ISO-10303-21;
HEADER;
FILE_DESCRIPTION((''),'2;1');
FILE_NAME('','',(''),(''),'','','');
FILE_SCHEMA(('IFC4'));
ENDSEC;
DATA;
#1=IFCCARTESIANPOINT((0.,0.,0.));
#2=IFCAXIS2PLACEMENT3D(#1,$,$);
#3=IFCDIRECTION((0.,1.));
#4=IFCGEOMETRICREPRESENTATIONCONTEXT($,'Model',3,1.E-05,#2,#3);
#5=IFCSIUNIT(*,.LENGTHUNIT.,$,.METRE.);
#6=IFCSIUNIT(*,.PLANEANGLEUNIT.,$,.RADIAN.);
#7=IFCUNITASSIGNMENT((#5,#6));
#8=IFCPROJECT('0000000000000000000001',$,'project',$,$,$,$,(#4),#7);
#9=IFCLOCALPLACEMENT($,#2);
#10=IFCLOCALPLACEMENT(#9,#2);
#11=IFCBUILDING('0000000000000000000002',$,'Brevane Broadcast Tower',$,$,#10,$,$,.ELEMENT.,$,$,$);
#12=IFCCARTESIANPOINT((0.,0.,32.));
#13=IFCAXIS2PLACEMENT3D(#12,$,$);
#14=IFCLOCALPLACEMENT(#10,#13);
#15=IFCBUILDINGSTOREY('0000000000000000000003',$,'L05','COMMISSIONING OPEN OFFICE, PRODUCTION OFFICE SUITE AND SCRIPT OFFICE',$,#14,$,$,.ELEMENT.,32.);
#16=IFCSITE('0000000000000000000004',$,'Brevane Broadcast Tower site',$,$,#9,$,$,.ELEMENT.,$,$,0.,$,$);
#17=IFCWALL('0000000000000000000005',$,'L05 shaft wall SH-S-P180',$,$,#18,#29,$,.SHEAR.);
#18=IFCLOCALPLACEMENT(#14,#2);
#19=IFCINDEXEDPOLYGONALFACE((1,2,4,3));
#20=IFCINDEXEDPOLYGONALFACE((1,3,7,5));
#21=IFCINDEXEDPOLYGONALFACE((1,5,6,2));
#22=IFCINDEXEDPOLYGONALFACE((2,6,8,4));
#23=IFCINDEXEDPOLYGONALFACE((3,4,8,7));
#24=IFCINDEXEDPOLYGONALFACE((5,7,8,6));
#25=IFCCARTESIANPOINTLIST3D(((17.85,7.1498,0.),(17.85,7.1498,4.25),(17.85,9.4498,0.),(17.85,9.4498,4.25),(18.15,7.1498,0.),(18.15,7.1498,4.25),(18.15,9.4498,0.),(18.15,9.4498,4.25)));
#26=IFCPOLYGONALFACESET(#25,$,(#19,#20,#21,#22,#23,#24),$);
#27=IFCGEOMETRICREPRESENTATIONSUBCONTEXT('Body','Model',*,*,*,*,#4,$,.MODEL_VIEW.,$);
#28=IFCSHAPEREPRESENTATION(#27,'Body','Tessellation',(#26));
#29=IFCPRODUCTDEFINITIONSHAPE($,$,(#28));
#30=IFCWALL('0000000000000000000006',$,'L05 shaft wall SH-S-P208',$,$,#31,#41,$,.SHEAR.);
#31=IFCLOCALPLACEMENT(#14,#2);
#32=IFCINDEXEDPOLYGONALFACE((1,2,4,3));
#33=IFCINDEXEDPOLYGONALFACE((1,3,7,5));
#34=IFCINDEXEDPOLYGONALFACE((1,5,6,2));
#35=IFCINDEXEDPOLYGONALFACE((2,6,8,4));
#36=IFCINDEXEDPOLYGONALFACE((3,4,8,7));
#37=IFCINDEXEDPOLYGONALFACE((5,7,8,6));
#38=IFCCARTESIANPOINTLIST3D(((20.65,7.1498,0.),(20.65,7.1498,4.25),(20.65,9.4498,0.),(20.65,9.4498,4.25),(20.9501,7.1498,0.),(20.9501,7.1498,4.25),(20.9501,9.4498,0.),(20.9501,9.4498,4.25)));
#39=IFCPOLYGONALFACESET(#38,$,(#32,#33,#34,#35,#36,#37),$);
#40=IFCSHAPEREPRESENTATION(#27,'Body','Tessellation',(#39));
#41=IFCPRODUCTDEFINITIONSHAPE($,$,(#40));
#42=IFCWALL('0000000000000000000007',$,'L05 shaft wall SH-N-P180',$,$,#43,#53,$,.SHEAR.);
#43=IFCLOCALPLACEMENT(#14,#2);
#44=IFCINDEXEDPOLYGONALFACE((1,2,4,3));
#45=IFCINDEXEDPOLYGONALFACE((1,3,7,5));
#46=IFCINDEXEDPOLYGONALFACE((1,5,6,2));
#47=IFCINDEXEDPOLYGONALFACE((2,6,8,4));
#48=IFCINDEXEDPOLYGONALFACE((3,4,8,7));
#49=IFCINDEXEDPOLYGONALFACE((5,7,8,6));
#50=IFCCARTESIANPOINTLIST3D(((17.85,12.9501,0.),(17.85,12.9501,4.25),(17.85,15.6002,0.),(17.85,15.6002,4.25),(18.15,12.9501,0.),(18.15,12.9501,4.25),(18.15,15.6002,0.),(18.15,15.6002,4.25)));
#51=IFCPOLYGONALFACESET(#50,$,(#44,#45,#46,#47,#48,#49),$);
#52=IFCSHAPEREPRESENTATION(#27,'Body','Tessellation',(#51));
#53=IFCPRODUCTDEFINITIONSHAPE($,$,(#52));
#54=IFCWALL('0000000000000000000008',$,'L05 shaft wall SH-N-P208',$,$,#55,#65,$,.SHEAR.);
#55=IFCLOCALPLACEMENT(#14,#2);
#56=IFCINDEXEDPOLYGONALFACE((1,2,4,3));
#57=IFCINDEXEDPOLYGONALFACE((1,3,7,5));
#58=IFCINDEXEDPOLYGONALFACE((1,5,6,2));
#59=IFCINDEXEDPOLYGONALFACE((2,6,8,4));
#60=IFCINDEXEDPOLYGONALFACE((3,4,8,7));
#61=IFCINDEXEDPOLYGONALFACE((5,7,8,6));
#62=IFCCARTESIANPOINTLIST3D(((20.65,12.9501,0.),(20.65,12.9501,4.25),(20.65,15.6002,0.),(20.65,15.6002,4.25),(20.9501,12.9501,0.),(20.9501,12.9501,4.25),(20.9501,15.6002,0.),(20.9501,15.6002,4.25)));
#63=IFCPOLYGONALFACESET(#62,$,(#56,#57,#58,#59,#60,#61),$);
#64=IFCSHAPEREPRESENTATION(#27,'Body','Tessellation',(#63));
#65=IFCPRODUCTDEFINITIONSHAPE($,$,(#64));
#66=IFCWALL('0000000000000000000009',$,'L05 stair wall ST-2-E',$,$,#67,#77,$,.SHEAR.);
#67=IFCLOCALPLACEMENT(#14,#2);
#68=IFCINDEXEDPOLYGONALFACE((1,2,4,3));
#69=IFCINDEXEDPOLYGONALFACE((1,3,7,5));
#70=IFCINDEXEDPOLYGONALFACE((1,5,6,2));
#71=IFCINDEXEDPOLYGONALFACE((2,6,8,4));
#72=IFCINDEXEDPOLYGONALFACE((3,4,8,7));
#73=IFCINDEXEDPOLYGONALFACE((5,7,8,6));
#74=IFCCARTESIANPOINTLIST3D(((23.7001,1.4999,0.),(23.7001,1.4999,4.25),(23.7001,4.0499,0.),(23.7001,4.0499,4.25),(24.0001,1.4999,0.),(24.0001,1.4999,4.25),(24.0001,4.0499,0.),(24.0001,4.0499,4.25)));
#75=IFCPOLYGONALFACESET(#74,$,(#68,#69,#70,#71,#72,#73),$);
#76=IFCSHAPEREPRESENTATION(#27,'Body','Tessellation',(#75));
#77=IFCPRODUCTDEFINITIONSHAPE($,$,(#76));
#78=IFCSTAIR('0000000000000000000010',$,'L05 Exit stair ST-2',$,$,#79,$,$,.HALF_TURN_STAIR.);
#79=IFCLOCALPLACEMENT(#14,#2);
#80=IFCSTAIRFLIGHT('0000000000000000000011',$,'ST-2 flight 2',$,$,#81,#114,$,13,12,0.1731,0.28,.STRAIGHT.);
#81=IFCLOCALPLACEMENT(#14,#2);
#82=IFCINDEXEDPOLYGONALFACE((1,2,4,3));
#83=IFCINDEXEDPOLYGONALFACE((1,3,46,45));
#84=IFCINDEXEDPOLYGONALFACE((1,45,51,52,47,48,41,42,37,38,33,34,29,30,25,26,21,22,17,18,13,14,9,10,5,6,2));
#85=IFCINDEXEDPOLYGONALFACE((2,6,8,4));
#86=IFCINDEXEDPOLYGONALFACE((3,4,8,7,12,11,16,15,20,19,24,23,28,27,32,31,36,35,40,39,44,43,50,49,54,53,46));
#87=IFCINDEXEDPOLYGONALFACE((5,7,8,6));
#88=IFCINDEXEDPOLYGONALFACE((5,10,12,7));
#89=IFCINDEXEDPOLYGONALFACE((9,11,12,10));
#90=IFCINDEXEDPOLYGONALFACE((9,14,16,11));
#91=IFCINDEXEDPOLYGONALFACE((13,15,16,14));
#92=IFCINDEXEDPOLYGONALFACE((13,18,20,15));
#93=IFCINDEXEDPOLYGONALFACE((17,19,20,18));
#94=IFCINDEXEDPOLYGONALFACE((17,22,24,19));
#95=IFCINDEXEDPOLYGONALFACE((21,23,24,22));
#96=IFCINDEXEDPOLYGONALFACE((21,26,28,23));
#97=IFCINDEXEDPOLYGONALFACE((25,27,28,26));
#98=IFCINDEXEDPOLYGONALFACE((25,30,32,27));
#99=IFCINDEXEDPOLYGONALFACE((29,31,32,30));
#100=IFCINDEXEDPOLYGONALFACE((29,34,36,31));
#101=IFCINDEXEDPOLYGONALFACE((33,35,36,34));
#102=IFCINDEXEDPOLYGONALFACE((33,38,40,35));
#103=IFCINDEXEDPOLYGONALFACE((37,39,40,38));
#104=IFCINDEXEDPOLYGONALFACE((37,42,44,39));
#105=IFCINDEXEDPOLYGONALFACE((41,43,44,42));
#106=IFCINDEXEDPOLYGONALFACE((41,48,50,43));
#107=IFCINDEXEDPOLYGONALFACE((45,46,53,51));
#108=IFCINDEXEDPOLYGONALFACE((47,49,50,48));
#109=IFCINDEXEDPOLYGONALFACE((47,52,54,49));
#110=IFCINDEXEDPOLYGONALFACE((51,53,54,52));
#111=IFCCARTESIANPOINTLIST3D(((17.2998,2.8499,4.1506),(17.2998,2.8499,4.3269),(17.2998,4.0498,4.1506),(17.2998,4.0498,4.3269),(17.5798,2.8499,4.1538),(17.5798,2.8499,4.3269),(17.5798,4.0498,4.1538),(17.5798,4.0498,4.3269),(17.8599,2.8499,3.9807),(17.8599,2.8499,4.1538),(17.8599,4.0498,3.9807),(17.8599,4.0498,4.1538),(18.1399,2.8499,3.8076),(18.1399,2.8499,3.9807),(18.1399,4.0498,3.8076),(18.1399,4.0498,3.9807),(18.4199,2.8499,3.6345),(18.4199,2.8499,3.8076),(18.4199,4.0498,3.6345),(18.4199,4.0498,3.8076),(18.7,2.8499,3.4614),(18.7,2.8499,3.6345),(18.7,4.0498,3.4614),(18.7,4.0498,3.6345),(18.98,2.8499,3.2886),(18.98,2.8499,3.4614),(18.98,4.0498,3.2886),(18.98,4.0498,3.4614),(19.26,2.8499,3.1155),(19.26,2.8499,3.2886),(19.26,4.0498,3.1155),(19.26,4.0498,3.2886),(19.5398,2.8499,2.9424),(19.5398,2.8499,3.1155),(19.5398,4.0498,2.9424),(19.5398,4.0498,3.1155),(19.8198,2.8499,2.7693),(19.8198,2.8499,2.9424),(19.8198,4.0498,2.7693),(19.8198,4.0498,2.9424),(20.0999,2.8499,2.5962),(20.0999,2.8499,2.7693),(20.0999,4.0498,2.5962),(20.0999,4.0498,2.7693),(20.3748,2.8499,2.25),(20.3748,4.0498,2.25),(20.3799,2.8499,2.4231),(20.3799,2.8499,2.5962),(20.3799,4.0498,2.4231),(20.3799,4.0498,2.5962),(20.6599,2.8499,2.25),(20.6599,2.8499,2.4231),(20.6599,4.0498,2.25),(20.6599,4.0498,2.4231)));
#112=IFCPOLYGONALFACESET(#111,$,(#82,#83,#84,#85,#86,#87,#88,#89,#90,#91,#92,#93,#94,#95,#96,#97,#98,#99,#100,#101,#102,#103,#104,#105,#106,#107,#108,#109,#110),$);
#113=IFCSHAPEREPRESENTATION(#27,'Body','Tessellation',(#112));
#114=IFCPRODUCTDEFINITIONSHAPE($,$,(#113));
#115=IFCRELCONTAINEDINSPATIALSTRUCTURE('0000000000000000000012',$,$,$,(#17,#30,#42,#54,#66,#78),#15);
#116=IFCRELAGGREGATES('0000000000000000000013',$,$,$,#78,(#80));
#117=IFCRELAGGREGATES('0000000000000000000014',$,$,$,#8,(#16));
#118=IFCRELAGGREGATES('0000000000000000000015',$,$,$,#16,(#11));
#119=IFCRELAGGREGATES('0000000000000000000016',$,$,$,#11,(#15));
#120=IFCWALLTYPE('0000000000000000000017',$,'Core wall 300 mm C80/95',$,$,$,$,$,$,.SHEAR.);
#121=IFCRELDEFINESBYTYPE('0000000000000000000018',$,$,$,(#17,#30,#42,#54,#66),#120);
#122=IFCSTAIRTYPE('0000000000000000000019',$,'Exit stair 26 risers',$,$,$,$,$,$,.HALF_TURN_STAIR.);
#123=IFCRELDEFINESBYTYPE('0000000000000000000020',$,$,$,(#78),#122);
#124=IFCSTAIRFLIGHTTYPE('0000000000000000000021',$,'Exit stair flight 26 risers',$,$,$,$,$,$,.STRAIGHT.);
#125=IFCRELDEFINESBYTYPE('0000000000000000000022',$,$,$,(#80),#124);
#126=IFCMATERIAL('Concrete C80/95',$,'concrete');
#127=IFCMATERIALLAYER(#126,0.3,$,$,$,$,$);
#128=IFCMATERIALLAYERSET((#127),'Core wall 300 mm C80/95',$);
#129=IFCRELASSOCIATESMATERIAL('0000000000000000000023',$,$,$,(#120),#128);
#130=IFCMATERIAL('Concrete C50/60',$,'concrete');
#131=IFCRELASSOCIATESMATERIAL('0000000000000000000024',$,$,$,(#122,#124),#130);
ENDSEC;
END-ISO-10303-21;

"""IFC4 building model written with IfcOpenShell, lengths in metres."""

from ifc_helpers import new_model, si_unit, direction, frame, frame_2d, origin, place, context, subcontext, project, spatial, polyline, rectangle, outline, extrude, material, layer, layer_set, type_object, element, aggregate, save


model = new_model("IFC4")

# Units and contexts
model_context = context("Model", 3, precision=1e-05, world=origin(), true_north=direction((0.0, 1.0)))
body_context = subcontext(model_context, "Body", "Model", "MODEL_VIEW")
ifc_project = project(units=[si_unit("LENGTHUNIT", "METRE"), si_unit("PLANEANGLEUNIT", "RADIAN")], contexts=[model_context])

# Site, building, storey
site_placement = place(None, origin())
site = spatial("IfcSite", under=ifc_project, at=site_placement, Name="Brevane Broadcast Tower site", CompositionType="ELEMENT", RefElevation=0.0)
building_placement = place(site_placement, origin())
building = spatial("IfcBuilding", under=site, at=building_placement, Name="Brevane Broadcast Tower", CompositionType="ELEMENT")
storey_placement = place(building_placement, frame((0.0, 0.0, 32.0)))
storey = spatial("IfcBuildingStorey", under=building, at=storey_placement, Name="L05", Description="COMMISSIONING OPEN OFFICE, PRODUCTION OFFICE SUITE AND SCRIPT OFFICE", CompositionType="ELEMENT", Elevation=32.0)

# Walls
ifc_material_1 = material(Name="Concrete C80/95", Category="concrete")
ifc_layer_1 = layer(ifc_material_1, 0.3)
ifc_layer_set_1 = layer_set([ifc_layer_1], Name="Core wall 300 mm C80/95")
wall_type_1 = type_object("IfcWallType", Name="Core wall 300 mm C80/95", PredefinedType="SHEAR", material=ifc_layer_set_1)
for number, where, z_axis, x_axis, name in (
    (1, (18.0, 7.1499, 0.0), (0.0, 0.0, 1.0), (0.0, 1.0, 0.0), "L05 shaft wall SH-S-P180"),
    (2, (20.8, 7.1499, 0.0), (0.0, 0.0, 1.0), (0.0, 1.0, 0.0), "L05 shaft wall SH-S-P208"),
):
    element("IfcWall", number, at=place(storey_placement, frame(where, z_axis=z_axis, x_axis=x_axis)), inside=storey, type_object=wall_type_1, Name=name, PredefinedType="SHEAR", context=body_context, shape_type="SweptSolid", body=[
        extrude(rectangle(XDim=2.3, YDim=0.3, at=frame_2d((1.1499, 0.0))), origin(), (0.0, 0.0, 1.0), 4.25),
    ])
for number, where, z_axis, x_axis, name in (
    (3, (18.0, 12.95, 0.0), (0.0, 0.0, 1.0), (0.0, 1.0, 0.0), "L05 shaft wall SH-N-P180"),
    (4, (20.8, 12.95, 0.0), (0.0, 0.0, 1.0), (0.0, 1.0, 0.0), "L05 shaft wall SH-N-P208"),
):
    element("IfcWall", number, at=place(storey_placement, frame(where, z_axis=z_axis, x_axis=x_axis)), inside=storey, type_object=wall_type_1, Name=name, PredefinedType="SHEAR", context=body_context, shape_type="SweptSolid", body=[
        extrude(rectangle(XDim=2.6501, YDim=0.3, at=frame_2d((1.3252, 0.0))), origin(), (0.0, 0.0, 1.0), 4.25),
    ])
wall_1_placement = place(storey_placement, frame((23.8501, 1.5, 0.0), z_axis=(0.0, 0.0, 1.0), x_axis=(0.0, 1.0, 0.0)))
element("IfcWall", 5, at=wall_1_placement, inside=storey, type_object=wall_type_1, Name="L05 stair wall ST-2-E", PredefinedType="SHEAR", context=body_context, shape_type="SweptSolid", body=[
    extrude(rectangle(XDim=2.55, YDim=0.3, at=frame_2d((1.2749, 0.0))), origin(), (0.0, 0.0, 1.0), 4.25),
])

# Stair, stair flight
ifc_material_2 = material(Name="Concrete C50/60", Category="concrete")
stair_type = type_object("IfcStairType", Name="Exit stair 26 risers", PredefinedType="HALF_TURN_STAIR", material=ifc_material_2)
stair_placement = place(storey_placement, origin())
stair = element("IfcStair", 6, at=stair_placement, inside=storey, type_object=stair_type, Name="L05 Exit stair ST-2", PredefinedType="HALF_TURN_STAIR")
stair_flight_type = type_object("IfcStairFlightType", Name="Exit stair flight 26 risers", PredefinedType="STRAIGHT", material=ifc_material_2)
stair_flight_placement = place(storey_placement, frame((20.6599, 3.45, 2.25), z_axis=(0.0, 0.0, 1.0), x_axis=(-1.0, 0.0, 0.0)))
stair_flight = element("IfcStairFlight", 7, at=stair_flight_placement, type_object=stair_flight_type, Name="ST-2 flight 2", NumberOfRisers=13, NumberOfTreads=12, PredefinedType="STRAIGHT", RiserHeight=0.1731, TreadLength=0.28, context=body_context, shape_type="SweptSolid", body=[
    extrude(outline(polyline([(0.0, 0.0), (0.0, 0.1731), (0.28, 0.1731), (0.28, 0.3462), (0.5601, 0.3462), (0.5601, 0.5193), (0.8401, 0.5193), (0.8401, 0.6924), (1.1201, 0.6924), (1.1201, 0.8655), (1.3999, 0.8655), (1.3999, 1.0386), (1.6799, 1.0386), (1.6799, 1.2114), (1.96, 1.2114), (1.96, 1.3845), (2.24, 1.3845), (2.24, 1.5576), (2.52, 1.5576), (2.52, 1.7307), (2.8, 1.7307), (2.8, 1.9038), (3.0801, 1.9038), (3.0801, 2.0769), (3.3601, 2.0769), (3.3601, 2.25), (3.3601, 1.9006), (0.2852, 0.0), (0.0, 0.0)])), frame((0.0, 0.6001, 0.0), z_axis=(0.0, -1.0, 0.0), x_axis=(1.0, 0.0, 0.0)), (0.0, 0.0, 1.0), 1.2),
])
aggregate(stair, [stair_flight])

save(model, "model.ifc")
